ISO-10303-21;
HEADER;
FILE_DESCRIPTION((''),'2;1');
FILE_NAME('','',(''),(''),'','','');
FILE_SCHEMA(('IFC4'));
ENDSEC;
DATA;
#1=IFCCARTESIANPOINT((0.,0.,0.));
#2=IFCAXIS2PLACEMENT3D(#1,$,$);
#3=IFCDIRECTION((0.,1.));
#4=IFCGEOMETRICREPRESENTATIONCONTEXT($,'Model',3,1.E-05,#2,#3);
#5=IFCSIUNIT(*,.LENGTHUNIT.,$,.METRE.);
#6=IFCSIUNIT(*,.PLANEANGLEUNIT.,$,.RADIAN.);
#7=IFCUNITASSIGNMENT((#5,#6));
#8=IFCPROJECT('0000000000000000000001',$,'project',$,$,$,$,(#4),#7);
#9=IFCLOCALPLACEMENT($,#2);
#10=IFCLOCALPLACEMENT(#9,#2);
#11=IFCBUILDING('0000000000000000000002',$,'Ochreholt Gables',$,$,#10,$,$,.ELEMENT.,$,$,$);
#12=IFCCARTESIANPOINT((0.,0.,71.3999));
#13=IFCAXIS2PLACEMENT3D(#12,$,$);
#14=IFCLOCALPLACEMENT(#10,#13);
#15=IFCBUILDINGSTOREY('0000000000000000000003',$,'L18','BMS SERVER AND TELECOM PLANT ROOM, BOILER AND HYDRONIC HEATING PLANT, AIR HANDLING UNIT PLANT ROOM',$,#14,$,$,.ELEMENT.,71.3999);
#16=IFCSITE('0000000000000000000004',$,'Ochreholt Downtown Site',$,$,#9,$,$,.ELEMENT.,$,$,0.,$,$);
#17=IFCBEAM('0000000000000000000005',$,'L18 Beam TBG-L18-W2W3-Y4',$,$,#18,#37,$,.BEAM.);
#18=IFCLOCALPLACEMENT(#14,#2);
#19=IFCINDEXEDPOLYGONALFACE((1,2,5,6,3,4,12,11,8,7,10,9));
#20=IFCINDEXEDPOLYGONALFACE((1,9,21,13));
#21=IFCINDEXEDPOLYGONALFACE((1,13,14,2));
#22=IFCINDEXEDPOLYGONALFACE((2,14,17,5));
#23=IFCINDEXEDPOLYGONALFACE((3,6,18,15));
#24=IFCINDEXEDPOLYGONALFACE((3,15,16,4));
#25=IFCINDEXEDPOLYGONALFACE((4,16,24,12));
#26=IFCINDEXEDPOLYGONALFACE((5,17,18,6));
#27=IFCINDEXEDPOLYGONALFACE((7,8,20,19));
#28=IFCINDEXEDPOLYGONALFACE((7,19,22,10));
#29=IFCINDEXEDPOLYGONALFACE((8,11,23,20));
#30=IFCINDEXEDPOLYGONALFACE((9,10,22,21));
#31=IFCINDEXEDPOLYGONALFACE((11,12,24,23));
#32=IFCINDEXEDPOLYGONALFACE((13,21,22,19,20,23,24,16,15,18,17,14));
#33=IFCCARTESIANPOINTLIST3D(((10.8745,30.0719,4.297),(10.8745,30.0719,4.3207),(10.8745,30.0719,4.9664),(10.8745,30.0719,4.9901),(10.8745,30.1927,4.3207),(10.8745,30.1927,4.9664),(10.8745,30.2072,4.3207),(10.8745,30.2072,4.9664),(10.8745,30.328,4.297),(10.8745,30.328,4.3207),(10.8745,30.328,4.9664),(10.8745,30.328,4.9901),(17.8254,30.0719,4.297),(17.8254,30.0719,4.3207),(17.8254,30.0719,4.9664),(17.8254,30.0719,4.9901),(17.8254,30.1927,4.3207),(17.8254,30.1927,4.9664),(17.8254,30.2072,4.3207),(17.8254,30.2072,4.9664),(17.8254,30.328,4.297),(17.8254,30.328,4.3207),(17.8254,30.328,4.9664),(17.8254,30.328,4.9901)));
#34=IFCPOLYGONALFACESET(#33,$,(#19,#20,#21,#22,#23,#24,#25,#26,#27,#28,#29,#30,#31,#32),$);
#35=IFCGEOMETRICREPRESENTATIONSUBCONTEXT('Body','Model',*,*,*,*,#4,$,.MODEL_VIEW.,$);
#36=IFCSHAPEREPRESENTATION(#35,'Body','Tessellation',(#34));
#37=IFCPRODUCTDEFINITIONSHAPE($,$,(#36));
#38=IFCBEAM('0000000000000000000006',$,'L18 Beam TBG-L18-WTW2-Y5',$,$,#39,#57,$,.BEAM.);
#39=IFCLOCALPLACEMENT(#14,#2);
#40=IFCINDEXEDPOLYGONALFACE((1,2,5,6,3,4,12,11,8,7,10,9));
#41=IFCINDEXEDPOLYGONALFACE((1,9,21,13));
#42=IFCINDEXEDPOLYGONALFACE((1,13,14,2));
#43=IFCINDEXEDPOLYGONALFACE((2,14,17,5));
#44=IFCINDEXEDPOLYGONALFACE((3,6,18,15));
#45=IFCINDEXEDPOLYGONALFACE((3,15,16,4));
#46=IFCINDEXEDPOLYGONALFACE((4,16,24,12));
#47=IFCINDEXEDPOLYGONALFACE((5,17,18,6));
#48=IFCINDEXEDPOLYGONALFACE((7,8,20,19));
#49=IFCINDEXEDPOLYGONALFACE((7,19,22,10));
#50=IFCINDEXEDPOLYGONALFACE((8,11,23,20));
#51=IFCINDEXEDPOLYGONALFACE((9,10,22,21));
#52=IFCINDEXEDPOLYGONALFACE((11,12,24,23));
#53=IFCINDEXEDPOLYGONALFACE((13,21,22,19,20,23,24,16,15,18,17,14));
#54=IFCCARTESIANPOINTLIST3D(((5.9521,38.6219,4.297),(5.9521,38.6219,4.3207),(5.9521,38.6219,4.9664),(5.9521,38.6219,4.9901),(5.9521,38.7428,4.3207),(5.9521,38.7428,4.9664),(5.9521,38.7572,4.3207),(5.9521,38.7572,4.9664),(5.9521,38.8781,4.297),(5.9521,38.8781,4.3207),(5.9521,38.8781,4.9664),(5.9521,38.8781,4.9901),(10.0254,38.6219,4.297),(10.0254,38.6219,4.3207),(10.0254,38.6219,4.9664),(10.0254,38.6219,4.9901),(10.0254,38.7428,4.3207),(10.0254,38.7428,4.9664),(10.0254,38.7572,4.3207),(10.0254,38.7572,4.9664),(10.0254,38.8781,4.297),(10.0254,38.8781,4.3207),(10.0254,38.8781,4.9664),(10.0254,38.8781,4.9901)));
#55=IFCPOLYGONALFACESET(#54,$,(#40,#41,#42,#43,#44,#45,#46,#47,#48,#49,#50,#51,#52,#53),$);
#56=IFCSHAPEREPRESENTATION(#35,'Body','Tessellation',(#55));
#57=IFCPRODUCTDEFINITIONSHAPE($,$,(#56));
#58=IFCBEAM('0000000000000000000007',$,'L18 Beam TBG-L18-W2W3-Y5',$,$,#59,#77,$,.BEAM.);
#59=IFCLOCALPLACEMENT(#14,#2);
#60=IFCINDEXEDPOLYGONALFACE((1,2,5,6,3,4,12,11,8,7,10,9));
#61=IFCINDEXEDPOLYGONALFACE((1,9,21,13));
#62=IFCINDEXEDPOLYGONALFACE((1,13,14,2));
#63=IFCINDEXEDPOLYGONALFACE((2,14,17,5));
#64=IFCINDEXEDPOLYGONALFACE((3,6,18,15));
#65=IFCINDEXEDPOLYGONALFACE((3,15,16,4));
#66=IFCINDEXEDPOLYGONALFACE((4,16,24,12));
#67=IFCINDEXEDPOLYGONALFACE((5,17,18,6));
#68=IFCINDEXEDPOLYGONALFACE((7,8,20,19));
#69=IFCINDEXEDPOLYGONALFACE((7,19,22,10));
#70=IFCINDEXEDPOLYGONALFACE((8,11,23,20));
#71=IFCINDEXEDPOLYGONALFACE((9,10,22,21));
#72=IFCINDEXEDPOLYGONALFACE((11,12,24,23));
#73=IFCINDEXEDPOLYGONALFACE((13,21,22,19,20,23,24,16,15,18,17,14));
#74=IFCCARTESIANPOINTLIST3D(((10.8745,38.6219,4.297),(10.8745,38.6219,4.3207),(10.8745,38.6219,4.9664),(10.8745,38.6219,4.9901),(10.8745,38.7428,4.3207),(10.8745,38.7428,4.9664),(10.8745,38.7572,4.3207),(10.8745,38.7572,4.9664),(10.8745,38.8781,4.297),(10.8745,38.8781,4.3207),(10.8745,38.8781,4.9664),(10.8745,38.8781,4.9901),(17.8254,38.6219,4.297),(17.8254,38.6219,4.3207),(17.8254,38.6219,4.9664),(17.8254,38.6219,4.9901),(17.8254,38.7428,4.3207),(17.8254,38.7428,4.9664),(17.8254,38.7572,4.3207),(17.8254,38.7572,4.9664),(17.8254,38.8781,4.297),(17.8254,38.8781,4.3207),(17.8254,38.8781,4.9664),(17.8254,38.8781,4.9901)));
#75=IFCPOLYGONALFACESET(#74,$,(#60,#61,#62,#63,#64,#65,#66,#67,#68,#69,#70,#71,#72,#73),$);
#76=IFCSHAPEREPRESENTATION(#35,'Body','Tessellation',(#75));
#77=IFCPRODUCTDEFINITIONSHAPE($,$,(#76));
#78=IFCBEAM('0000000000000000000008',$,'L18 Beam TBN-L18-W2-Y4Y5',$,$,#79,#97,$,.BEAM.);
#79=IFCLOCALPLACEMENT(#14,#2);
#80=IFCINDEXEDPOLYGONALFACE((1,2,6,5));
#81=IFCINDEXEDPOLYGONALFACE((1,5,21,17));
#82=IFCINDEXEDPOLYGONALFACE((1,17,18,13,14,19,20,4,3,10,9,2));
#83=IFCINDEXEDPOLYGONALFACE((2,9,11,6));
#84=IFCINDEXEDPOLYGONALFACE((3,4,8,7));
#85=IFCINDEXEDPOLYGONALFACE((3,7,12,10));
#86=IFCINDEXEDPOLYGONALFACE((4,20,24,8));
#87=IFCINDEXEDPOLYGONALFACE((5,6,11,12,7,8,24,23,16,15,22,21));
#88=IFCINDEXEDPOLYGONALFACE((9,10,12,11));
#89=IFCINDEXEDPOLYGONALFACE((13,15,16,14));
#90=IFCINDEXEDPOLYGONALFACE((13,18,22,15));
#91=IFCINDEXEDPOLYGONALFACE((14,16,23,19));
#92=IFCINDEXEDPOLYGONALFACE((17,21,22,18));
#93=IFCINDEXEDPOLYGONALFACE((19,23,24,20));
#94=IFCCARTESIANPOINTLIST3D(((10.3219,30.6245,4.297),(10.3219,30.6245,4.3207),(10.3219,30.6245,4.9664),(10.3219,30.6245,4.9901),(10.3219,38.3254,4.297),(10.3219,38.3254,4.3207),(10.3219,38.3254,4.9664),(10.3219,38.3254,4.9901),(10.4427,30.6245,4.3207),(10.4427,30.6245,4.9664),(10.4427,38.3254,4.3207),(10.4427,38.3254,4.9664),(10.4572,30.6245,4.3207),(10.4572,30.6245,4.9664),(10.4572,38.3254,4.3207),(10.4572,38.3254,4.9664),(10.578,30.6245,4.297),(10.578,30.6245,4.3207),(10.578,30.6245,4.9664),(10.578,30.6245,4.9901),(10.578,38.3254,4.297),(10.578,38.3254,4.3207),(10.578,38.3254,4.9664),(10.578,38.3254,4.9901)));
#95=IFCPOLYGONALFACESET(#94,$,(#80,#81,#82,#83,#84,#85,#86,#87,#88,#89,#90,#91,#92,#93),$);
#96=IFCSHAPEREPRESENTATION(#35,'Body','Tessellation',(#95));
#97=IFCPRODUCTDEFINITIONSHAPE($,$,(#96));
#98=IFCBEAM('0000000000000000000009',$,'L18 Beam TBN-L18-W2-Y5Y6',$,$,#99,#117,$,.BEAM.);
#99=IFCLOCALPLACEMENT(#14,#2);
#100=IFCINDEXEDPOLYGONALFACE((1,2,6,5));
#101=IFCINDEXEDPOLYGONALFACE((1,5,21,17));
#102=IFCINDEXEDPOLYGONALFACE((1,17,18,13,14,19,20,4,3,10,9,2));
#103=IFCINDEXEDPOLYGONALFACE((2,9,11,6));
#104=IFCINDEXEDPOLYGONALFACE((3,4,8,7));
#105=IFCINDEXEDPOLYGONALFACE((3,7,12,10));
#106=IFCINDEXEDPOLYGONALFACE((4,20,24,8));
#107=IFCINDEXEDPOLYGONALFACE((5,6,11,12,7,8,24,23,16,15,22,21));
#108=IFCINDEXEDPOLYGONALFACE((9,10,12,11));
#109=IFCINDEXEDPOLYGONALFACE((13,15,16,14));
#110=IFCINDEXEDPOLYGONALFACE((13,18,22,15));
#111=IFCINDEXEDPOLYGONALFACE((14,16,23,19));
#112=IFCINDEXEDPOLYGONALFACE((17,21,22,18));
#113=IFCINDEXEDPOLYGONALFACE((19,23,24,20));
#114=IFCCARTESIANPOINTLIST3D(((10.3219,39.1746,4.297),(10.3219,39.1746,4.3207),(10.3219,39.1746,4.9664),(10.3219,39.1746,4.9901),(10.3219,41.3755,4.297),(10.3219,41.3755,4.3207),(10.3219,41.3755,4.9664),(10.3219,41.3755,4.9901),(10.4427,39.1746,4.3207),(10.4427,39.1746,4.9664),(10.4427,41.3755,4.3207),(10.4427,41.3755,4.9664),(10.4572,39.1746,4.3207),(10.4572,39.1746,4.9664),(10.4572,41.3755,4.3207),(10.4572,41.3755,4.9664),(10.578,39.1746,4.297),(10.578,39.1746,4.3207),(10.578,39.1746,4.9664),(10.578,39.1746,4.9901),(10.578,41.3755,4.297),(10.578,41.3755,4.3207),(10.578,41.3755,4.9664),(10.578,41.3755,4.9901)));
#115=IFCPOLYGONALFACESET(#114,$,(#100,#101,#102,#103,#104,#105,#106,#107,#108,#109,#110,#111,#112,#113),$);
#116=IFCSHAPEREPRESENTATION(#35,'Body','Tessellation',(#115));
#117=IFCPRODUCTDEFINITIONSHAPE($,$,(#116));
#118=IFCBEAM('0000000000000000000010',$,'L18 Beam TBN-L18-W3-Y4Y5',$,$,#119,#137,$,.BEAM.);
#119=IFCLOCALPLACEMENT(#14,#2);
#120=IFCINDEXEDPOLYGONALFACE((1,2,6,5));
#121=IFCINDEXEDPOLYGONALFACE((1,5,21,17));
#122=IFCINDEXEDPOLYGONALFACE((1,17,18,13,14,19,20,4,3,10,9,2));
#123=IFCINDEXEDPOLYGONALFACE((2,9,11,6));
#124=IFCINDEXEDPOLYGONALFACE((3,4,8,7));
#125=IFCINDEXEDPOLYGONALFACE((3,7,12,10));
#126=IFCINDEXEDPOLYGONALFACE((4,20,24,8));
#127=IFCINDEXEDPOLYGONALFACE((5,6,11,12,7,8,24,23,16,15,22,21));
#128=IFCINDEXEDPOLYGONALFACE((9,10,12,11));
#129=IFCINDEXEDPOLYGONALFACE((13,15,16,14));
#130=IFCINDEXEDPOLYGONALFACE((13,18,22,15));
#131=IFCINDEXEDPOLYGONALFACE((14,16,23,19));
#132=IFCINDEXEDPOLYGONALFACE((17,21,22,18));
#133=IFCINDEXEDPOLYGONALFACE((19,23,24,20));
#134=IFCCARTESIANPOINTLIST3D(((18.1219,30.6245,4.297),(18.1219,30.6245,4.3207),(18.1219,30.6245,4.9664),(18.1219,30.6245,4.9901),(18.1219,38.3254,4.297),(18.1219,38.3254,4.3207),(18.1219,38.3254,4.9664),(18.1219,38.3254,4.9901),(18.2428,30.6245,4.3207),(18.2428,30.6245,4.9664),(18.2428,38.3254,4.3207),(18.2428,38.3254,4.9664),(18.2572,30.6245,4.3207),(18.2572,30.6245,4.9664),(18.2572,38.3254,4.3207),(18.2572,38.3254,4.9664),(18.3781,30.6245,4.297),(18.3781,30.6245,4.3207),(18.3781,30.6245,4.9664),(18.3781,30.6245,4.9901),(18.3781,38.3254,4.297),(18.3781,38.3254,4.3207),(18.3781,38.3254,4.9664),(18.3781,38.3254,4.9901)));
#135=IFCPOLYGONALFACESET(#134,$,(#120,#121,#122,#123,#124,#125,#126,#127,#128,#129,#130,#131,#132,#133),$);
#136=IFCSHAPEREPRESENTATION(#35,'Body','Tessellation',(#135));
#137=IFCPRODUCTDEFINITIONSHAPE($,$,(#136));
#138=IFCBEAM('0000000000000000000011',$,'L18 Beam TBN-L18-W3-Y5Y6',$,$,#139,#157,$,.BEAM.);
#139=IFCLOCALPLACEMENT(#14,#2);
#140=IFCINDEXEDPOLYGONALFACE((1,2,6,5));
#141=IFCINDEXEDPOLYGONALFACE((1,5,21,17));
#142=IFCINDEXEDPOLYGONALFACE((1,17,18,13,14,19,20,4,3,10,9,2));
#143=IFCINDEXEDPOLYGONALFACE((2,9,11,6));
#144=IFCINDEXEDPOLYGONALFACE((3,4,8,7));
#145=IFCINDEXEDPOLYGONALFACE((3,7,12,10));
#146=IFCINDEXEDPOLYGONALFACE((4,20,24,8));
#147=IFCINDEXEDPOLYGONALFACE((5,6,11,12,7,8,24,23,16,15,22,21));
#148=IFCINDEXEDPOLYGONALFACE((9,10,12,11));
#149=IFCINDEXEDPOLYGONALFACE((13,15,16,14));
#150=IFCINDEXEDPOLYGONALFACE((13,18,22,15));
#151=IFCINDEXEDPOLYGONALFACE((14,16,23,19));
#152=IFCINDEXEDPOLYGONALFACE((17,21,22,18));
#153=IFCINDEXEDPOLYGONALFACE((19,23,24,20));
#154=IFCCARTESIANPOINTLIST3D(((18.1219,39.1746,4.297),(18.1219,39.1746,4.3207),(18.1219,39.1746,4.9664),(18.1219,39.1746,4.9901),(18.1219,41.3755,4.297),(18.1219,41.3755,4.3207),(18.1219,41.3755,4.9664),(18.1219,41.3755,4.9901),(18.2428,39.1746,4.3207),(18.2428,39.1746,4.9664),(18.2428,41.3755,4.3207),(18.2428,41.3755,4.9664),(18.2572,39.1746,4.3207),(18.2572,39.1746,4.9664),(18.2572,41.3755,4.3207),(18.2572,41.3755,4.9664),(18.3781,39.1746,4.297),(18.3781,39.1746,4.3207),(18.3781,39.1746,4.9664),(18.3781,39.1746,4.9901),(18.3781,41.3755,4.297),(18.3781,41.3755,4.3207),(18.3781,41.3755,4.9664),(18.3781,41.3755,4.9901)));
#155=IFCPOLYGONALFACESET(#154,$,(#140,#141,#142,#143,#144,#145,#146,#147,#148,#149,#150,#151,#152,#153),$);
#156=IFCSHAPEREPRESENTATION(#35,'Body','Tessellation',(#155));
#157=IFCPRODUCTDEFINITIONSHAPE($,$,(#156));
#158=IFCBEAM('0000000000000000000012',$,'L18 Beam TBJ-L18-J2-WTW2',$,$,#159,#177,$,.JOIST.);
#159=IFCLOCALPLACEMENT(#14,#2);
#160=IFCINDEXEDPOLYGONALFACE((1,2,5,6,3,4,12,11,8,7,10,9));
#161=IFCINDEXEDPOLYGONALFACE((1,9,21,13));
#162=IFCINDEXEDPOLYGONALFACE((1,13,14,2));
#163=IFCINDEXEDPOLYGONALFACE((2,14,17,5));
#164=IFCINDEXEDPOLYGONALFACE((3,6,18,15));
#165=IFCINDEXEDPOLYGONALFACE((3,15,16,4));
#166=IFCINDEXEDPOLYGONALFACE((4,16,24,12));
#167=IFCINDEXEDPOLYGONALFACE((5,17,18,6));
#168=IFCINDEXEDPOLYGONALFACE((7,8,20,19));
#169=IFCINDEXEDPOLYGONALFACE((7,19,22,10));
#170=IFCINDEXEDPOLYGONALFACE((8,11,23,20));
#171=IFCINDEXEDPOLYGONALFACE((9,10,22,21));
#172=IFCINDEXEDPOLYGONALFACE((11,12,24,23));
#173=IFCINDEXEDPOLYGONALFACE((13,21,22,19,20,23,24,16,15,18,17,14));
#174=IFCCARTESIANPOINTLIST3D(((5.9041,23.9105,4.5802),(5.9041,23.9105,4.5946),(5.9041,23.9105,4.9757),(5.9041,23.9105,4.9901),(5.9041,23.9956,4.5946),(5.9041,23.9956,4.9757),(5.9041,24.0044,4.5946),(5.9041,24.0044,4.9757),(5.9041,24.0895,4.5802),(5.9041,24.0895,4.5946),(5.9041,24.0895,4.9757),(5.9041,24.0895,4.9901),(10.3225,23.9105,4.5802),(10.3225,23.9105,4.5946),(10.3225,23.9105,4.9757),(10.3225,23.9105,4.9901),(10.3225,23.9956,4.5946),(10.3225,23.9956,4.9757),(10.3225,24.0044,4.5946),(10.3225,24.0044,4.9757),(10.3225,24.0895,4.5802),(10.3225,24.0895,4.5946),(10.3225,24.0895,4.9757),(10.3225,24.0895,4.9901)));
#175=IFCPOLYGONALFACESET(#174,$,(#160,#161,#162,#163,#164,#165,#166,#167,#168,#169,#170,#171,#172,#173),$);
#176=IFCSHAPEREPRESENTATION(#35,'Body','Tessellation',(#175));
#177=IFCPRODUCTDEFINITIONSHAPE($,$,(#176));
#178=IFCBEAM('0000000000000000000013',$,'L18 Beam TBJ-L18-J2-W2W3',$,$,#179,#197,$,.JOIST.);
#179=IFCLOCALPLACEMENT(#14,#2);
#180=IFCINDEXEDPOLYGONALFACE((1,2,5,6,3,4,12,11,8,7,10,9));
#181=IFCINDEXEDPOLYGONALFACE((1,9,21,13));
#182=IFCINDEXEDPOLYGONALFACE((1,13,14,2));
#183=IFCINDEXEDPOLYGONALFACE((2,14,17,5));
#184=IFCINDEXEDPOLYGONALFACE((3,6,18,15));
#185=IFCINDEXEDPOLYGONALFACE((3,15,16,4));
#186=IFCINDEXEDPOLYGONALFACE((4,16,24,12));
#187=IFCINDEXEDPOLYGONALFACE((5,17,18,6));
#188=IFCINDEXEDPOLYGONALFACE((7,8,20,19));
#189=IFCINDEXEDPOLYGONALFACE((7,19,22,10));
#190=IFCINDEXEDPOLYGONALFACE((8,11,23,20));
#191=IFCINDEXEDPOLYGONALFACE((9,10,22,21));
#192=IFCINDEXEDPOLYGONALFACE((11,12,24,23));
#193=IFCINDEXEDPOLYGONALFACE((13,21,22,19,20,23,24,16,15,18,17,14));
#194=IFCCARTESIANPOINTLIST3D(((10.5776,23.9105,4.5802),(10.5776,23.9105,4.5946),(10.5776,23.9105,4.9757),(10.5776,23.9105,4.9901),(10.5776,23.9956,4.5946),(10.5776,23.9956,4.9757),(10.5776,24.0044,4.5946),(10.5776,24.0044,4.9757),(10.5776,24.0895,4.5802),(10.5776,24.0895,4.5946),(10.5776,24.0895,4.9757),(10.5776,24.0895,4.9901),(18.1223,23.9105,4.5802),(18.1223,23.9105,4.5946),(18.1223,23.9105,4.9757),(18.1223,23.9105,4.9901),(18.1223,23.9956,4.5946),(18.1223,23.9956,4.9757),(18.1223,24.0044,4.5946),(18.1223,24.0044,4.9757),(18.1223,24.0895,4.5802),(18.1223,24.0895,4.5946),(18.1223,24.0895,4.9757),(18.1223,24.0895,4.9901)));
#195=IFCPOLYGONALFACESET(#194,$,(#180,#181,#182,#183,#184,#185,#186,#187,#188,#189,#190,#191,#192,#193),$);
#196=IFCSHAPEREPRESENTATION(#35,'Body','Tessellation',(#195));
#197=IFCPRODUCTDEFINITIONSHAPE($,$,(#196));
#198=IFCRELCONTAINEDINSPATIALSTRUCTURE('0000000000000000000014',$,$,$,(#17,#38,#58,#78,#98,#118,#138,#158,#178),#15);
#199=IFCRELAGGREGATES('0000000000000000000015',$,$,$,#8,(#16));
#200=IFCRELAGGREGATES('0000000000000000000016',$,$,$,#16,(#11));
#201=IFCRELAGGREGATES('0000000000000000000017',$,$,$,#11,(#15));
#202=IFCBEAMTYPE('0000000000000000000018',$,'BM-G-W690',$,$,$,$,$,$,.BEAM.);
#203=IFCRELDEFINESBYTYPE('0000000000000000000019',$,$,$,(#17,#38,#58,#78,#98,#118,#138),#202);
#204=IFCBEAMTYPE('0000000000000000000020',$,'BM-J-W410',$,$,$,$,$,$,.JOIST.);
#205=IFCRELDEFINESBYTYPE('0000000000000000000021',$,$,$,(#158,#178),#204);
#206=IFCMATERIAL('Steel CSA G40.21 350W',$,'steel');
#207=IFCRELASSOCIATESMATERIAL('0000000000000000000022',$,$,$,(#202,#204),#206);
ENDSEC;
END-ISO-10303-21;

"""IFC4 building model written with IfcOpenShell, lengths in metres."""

from ifc_helpers import new_model, si_unit, direction, frame, origin, origin_2d, place, context, subcontext, project, spatial, i_section, extrude, material, material_profile, profile_set, type_object, element, save


model = new_model("IFC4")

# Units and contexts
model_context = context("Model", 3, precision=1e-05, world=origin(), true_north=direction((0.0, 1.0)))
body_context = subcontext(model_context, "Body", "Model", "MODEL_VIEW")
ifc_project = project(units=[si_unit("LENGTHUNIT", "METRE"), si_unit("PLANEANGLEUNIT", "RADIAN")], contexts=[model_context])

# Site, building, storey
site_placement = place(None, origin())
site = spatial("IfcSite", under=ifc_project, at=site_placement, Name="Ochreholt Downtown Site", CompositionType="ELEMENT", RefElevation=0.0)
building_placement = place(site_placement, origin())
building = spatial("IfcBuilding", under=site, at=building_placement, Name="Ochreholt Gables", CompositionType="ELEMENT")
storey_placement = place(building_placement, frame((0.0, 0.0, 71.3999)))
storey = spatial("IfcBuildingStorey", under=building, at=storey_placement, Name="L18", Description="BMS SERVER AND TELECOM PLANT ROOM, BOILER AND HYDRONIC HEATING PLANT, AIR HANDLING UNIT PLANT ROOM", CompositionType="ELEMENT", Elevation=71.3999)

# Shared definitions
ifc_material_1 = material(Name="Steel CSA G40.21 350W", Category="steel")

# Beams
ifc_material_profile_1 = material_profile(ifc_material_1, i_section(OverallWidth=0.2561, OverallDepth=0.6931, WebThickness=0.0144, FlangeThickness=0.0237, at=origin_2d()), Name="W690X170")
ifc_profile_set_1 = profile_set([ifc_material_profile_1], Name="Steel CSA G40.21 350W")
beam_type_1 = type_object("IfcBeamType", Name="BM-G-W690", PredefinedType="BEAM", material=ifc_profile_set_1)
beam_1_placement = place(storey_placement, frame((10.8745, 30.2, 4.6436), z_axis=(1.0, 0.0, 0.0), x_axis=(0.0, 1.0, 0.0)))
element("IfcBeam", 1, at=beam_1_placement, inside=storey, type_object=beam_type_1, Name="L18 Beam TBG-L18-W2W3-Y4", PredefinedType="BEAM", context=body_context, shape_type="SweptSolid", body=[
    extrude(i_section(OverallWidth=0.2561, OverallDepth=0.6931, WebThickness=0.0144, FlangeThickness=0.0237, at=origin_2d()), origin(), (0.0, 0.0, 1.0), 6.9509),
])
beam_2_placement = place(storey_placement, frame((5.9521, 38.75, 4.6436), z_axis=(1.0, 0.0, 0.0), x_axis=(0.0, 1.0, 0.0)))
element("IfcBeam", 2, at=beam_2_placement, inside=storey, type_object=beam_type_1, Name="L18 Beam TBG-L18-WTW2-Y5", PredefinedType="BEAM", context=body_context, shape_type="SweptSolid", body=[
    extrude(i_section(OverallWidth=0.2561, OverallDepth=0.6931, WebThickness=0.0144, FlangeThickness=0.0237, at=origin_2d()), origin(), (0.0, 0.0, 1.0), 4.0732),
])
beam_3_placement = place(storey_placement, frame((10.8745, 38.75, 4.6436), z_axis=(1.0, 0.0, 0.0), x_axis=(0.0, 1.0, 0.0)))
element("IfcBeam", 3, at=beam_3_placement, inside=storey, type_object=beam_type_1, Name="L18 Beam TBG-L18-W2W3-Y5", PredefinedType="BEAM", context=body_context, shape_type="SweptSolid", body=[
    extrude(i_section(OverallWidth=0.2561, OverallDepth=0.6931, WebThickness=0.0144, FlangeThickness=0.0237, at=origin_2d()), origin(), (0.0, 0.0, 1.0), 6.9509),
])
beam_4_placement = place(storey_placement, frame((10.45, 30.6245, 4.6436), z_axis=(0.0, 1.0, 0.0), x_axis=(-1.0, 0.0, 0.0)))
element("IfcBeam", 4, at=beam_4_placement, inside=storey, type_object=beam_type_1, Name="L18 Beam TBN-L18-W2-Y4Y5", PredefinedType="BEAM", context=body_context, shape_type="SweptSolid", body=[
    extrude(i_section(OverallWidth=0.2561, OverallDepth=0.6931, WebThickness=0.0144, FlangeThickness=0.0237, at=origin_2d()), origin(), (0.0, 0.0, 1.0), 7.7009),
])
beam_5_placement = place(storey_placement, frame((10.45, 39.1746, 4.6436), z_axis=(0.0, 1.0, 0.0), x_axis=(-1.0, 0.0, 0.0)))
element("IfcBeam", 5, at=beam_5_placement, inside=storey, type_object=beam_type_1, Name="L18 Beam TBN-L18-W2-Y5Y6", PredefinedType="BEAM", context=body_context, shape_type="SweptSolid", body=[
    extrude(i_section(OverallWidth=0.2561, OverallDepth=0.6931, WebThickness=0.0144, FlangeThickness=0.0237, at=origin_2d()), origin(), (0.0, 0.0, 1.0), 2.2009),
])
beam_6_placement = place(storey_placement, frame((18.25, 30.6245, 4.6436), z_axis=(0.0, 1.0, 0.0), x_axis=(-1.0, 0.0, 0.0)))
element("IfcBeam", 6, at=beam_6_placement, inside=storey, type_object=beam_type_1, Name="L18 Beam TBN-L18-W3-Y4Y5", PredefinedType="BEAM", context=body_context, shape_type="SweptSolid", body=[
    extrude(i_section(OverallWidth=0.2561, OverallDepth=0.6931, WebThickness=0.0144, FlangeThickness=0.0237, at=origin_2d()), origin(), (0.0, 0.0, 1.0), 7.7009),
])
beam_7_placement = place(storey_placement, frame((18.25, 39.1746, 4.6436), z_axis=(0.0, 1.0, 0.0), x_axis=(-1.0, 0.0, 0.0)))
element("IfcBeam", 7, at=beam_7_placement, inside=storey, type_object=beam_type_1, Name="L18 Beam TBN-L18-W3-Y5Y6", PredefinedType="BEAM", context=body_context, shape_type="SweptSolid", body=[
    extrude(i_section(OverallWidth=0.2561, OverallDepth=0.6931, WebThickness=0.0144, FlangeThickness=0.0237, at=origin_2d()), origin(), (0.0, 0.0, 1.0), 2.2009),
])
ifc_material_profile_2 = material_profile(ifc_material_1, i_section(OverallWidth=0.179, OverallDepth=0.4099, WebThickness=0.0088, FlangeThickness=0.0144, at=origin_2d()), Name="W410X67")
ifc_profile_set_2 = profile_set([ifc_material_profile_2], Name="Steel CSA G40.21 350W")
beam_type_2 = type_object("IfcBeamType", Name="BM-J-W410", PredefinedType="JOIST", material=ifc_profile_set_2)
beam_8_placement = place(storey_placement, frame((5.9041, 24.0, 4.7852), z_axis=(1.0, 0.0, 0.0), x_axis=(0.0, 1.0, 0.0)))
element("IfcBeam", 8, at=beam_8_placement, inside=storey, type_object=beam_type_2, Name="L18 Beam TBJ-L18-J2-WTW2", PredefinedType="JOIST", context=body_context, shape_type="SweptSolid", body=[
    extrude(i_section(OverallWidth=0.179, OverallDepth=0.4099, WebThickness=0.0088, FlangeThickness=0.0144, at=origin_2d()), origin(), (0.0, 0.0, 1.0), 4.4185),
])
beam_9_placement = place(storey_placement, frame((10.5776, 24.0, 4.7852), z_axis=(1.0, 0.0, 0.0), x_axis=(0.0, 1.0, 0.0)))
element("IfcBeam", 9, at=beam_9_placement, inside=storey, type_object=beam_type_2, Name="L18 Beam TBJ-L18-J2-W2W3", PredefinedType="JOIST", context=body_context, shape_type="SweptSolid", body=[
    extrude(i_section(OverallWidth=0.179, OverallDepth=0.4099, WebThickness=0.0088, FlangeThickness=0.0144, at=origin_2d()), origin(), (0.0, 0.0, 1.0), 7.5447),
])

save(model, "model.ifc")
